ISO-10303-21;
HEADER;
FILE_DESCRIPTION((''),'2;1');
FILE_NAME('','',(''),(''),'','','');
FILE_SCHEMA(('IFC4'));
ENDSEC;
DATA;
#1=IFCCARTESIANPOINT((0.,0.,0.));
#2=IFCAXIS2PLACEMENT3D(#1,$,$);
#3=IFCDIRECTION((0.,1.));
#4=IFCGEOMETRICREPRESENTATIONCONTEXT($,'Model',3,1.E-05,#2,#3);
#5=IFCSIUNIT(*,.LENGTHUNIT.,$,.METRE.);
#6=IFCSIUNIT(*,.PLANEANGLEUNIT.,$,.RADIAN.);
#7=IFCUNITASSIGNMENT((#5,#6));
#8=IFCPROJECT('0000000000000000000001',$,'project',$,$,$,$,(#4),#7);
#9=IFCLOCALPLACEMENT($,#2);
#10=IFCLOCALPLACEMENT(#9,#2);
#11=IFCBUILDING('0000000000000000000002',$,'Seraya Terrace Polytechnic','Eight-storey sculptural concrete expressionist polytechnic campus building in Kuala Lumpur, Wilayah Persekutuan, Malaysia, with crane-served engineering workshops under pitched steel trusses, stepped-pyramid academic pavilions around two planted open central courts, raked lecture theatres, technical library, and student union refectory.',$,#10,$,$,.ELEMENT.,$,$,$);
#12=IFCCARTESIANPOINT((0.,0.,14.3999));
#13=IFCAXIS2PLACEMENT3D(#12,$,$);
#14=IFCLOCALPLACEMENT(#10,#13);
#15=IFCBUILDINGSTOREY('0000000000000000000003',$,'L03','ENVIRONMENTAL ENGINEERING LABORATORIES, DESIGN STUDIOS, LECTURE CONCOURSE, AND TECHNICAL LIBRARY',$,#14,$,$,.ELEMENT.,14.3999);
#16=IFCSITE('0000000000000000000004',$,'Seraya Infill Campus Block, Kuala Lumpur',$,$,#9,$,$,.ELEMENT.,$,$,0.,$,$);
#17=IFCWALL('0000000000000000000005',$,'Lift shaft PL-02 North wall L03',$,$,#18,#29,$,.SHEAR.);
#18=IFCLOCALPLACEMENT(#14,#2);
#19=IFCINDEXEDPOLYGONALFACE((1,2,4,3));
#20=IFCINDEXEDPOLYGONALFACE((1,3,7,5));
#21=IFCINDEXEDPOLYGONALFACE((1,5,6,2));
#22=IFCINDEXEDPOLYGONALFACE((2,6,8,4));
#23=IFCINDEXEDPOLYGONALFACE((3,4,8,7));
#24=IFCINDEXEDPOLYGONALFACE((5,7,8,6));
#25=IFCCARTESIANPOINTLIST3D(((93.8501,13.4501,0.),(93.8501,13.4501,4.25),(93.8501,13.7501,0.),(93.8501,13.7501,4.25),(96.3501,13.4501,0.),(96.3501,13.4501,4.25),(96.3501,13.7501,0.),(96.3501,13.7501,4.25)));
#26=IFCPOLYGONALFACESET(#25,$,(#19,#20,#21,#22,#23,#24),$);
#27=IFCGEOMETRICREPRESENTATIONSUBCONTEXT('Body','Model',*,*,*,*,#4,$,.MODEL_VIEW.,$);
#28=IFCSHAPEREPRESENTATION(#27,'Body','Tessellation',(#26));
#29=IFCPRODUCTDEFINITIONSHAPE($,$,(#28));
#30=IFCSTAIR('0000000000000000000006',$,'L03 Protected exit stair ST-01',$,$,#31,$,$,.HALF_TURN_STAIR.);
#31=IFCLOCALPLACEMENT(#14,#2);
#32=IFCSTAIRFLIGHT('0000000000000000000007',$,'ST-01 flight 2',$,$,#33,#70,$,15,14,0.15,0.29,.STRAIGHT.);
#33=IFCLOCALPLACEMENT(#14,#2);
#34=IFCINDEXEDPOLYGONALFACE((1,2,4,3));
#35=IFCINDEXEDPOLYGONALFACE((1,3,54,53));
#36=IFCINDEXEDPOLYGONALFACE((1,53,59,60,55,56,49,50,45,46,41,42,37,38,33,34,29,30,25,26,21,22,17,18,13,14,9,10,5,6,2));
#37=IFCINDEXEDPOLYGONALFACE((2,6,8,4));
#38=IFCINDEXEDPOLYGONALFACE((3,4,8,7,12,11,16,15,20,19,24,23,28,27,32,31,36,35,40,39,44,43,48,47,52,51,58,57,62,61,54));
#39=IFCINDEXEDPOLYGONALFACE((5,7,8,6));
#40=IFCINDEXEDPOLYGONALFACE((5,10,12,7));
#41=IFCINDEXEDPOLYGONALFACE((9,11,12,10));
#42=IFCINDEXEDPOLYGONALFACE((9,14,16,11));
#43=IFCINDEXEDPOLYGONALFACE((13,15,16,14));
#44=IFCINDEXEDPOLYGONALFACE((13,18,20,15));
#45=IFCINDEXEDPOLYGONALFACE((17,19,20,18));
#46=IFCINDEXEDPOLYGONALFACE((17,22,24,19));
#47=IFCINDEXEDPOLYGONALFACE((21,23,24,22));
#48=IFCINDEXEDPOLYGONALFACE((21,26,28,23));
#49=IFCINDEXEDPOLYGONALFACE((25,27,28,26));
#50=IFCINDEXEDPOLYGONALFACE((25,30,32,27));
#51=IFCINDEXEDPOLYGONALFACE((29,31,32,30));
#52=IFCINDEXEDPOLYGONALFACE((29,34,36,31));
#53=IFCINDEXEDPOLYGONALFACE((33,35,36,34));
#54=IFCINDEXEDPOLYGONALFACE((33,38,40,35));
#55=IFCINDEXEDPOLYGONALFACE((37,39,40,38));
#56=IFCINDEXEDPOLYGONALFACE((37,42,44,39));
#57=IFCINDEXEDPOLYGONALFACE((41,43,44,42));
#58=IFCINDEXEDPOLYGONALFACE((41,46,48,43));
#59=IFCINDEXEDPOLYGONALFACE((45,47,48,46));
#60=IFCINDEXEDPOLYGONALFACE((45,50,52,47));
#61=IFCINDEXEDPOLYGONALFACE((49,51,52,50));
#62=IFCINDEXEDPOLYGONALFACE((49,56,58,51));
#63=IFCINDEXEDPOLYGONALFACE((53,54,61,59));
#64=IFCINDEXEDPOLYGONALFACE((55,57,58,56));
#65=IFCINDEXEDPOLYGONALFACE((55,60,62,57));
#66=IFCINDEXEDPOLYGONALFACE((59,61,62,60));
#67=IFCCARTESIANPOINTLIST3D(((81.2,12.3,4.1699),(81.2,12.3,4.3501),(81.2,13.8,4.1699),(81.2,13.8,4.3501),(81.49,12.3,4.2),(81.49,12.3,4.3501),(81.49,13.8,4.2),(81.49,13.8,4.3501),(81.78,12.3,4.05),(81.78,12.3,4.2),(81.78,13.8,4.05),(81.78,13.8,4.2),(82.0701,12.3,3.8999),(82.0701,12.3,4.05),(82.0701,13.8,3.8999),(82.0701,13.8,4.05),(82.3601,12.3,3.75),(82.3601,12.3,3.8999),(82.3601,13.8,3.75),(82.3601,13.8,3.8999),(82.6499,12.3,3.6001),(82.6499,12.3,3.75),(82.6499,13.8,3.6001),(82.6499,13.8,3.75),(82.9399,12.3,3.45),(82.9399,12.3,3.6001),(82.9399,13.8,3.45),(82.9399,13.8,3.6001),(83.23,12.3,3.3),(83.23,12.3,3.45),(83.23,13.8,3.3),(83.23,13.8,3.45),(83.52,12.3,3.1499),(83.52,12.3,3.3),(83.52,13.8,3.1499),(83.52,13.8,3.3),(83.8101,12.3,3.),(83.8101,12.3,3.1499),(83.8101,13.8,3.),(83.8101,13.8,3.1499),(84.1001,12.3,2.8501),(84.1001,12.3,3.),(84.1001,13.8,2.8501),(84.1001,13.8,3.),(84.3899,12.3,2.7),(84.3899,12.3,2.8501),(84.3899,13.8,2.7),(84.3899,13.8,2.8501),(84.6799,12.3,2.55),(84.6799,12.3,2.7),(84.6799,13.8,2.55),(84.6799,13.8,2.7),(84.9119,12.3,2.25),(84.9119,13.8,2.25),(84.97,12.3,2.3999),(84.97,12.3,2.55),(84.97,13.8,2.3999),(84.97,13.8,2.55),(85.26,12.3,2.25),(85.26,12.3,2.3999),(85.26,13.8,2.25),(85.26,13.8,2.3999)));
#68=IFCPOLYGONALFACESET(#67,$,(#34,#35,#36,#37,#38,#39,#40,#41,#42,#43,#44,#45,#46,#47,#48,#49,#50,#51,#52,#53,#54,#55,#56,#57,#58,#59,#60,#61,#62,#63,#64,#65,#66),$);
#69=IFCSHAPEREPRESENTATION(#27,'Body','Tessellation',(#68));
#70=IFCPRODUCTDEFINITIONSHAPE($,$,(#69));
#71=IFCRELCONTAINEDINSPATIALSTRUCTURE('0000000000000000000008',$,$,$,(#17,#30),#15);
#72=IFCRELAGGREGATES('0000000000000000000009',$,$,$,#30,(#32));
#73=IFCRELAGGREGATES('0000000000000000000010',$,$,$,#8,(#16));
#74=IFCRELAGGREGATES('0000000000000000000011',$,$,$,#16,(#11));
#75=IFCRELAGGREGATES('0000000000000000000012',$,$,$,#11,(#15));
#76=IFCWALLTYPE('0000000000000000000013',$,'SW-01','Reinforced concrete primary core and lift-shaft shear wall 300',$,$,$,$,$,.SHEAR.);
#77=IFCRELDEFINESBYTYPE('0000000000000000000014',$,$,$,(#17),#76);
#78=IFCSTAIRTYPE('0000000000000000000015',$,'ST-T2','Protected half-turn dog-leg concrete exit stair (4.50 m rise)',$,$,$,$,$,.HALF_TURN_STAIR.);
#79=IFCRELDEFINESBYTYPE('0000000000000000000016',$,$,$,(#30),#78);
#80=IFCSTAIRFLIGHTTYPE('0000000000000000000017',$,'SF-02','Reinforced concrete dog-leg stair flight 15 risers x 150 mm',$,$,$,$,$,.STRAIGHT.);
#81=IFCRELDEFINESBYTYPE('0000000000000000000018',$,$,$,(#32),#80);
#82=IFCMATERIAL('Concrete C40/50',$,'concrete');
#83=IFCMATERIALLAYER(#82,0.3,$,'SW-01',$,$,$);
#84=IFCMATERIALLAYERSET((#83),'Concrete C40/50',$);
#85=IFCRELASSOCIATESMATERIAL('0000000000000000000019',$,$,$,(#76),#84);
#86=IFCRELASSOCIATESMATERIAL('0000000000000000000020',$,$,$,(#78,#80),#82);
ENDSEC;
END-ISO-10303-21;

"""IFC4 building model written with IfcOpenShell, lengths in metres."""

from ifc_helpers import new_model, si_unit, direction, frame, frame_2d, origin, place, context, subcontext, project, spatial, polyline, rectangle, outline, extrude, material, layer, layer_set, type_object, element, aggregate, save


model = new_model("IFC4")

# Units and contexts
model_context = context("Model", 3, precision=1e-05, world=origin(), true_north=direction((0.0, 1.0)))
body_context = subcontext(model_context, "Body", "Model", "MODEL_VIEW")
ifc_project = project(units=[si_unit("LENGTHUNIT", "METRE"), si_unit("PLANEANGLEUNIT", "RADIAN")], contexts=[model_context])

# Site, building, storey
site_placement = place(None, origin())
site = spatial("IfcSite", under=ifc_project, at=site_placement, Name="Seraya Infill Campus Block, Kuala Lumpur", CompositionType="ELEMENT", RefElevation=0.0)
building_placement = place(site_placement, origin())
building = spatial("IfcBuilding", under=site, at=building_placement, Name="Seraya Terrace Polytechnic", Description="Eight-storey sculptural concrete expressionist polytechnic campus building in Kuala Lumpur, Wilayah Persekutuan, Malaysia, with crane-served engineering workshops under pitched steel trusses, stepped-pyramid academic pavilions around two planted open central courts, raked lecture theatres, technical library, and student union refectory.", CompositionType="ELEMENT")
storey_placement = place(building_placement, frame((0.0, 0.0, 14.3999)))
storey = spatial("IfcBuildingStorey", under=building, at=storey_placement, Name="L03", Description="ENVIRONMENTAL ENGINEERING LABORATORIES, DESIGN STUDIOS, LECTURE CONCOURSE, AND TECHNICAL LIBRARY", CompositionType="ELEMENT", Elevation=14.3999)

# Shared definitions
ifc_material_1 = material(Name="Concrete C40/50", Category="concrete")

# Wall
ifc_layer_1 = layer(ifc_material_1, 0.3, Name="SW-01")
ifc_layer_set_1 = layer_set([ifc_layer_1], Name="Concrete C40/50")
wall_type_1 = type_object("IfcWallType", Name="SW-01", Description="Reinforced concrete primary core and lift-shaft shear wall 300", PredefinedType="SHEAR", material=ifc_layer_set_1)
wall_1_placement = place(storey_placement, frame((93.8501, 13.6001, 0.0), z_axis=(0.0, 0.0, 1.0), x_axis=(1.0, 0.0, 0.0)))
element("IfcWall", 1, at=wall_1_placement, inside=storey, type_object=wall_type_1, Name="Lift shaft PL-02 North wall L03", PredefinedType="SHEAR", context=body_context, shape_type="SweptSolid", body=[
    extrude(rectangle(XDim=2.5, YDim=0.3, at=frame_2d((1.25, 0.0))), origin(), (0.0, 0.0, 1.0), 4.25),
])

# Stair, stair flight
stair_type = type_object("IfcStairType", Name="ST-T2", Description="Protected half-turn dog-leg concrete exit stair (4.50 m rise)", PredefinedType="HALF_TURN_STAIR", material=ifc_material_1)
stair_placement = place(storey_placement, origin())
stair = element("IfcStair", 2, at=stair_placement, inside=storey, type_object=stair_type, Name="L03 Protected exit stair ST-01", PredefinedType="HALF_TURN_STAIR")
stair_flight_type = type_object("IfcStairFlightType", Name="SF-02", Description="Reinforced concrete dog-leg stair flight 15 risers x 150 mm", PredefinedType="STRAIGHT", material=ifc_material_1)
stair_flight_placement = place(storey_placement, frame((85.26, 13.05, 2.25), z_axis=(0.0, 0.0, 1.0), x_axis=(-1.0, 0.0, 0.0)))
stair_flight = element("IfcStairFlight", 3, at=stair_flight_placement, type_object=stair_flight_type, Name="ST-01 flight 2", NumberOfRisers=15, NumberOfTreads=14, PredefinedType="STRAIGHT", RiserHeight=0.15, TreadLength=0.29, context=body_context, shape_type="SweptSolid", body=[
    extrude(outline(polyline([(0.0, 0.0), (0.0, 0.1499), (0.29, 0.1499), (0.29, 0.3), (0.5801, 0.3), (0.5801, 0.45), (0.8701, 0.45), (0.8701, 0.6001), (1.1599, 0.6001), (1.1599, 0.75), (1.45, 0.75), (1.45, 0.8999), (1.74, 0.8999), (1.74, 1.05), (2.03, 1.05), (2.03, 1.2), (2.3201, 1.2), (2.3201, 1.3501), (2.6101, 1.3501), (2.6101, 1.5), (2.8999, 1.5), (2.8999, 1.6499), (3.1899, 1.6499), (3.1899, 1.8), (3.48, 1.8), (3.48, 1.95), (3.77, 1.95), (3.77, 2.1001), (4.0601, 2.1001), (4.0601, 2.25), (4.0601, 1.9199), (0.3481, 0.0), (0.0, 0.0)])), frame((0.0, 0.75, 0.0), z_axis=(0.0, -1.0, 0.0), x_axis=(1.0, 0.0, 0.0)), (0.0, 0.0, 1.0), 1.5),
])
aggregate(stair, [stair_flight])

save(model, "model.ifc")
